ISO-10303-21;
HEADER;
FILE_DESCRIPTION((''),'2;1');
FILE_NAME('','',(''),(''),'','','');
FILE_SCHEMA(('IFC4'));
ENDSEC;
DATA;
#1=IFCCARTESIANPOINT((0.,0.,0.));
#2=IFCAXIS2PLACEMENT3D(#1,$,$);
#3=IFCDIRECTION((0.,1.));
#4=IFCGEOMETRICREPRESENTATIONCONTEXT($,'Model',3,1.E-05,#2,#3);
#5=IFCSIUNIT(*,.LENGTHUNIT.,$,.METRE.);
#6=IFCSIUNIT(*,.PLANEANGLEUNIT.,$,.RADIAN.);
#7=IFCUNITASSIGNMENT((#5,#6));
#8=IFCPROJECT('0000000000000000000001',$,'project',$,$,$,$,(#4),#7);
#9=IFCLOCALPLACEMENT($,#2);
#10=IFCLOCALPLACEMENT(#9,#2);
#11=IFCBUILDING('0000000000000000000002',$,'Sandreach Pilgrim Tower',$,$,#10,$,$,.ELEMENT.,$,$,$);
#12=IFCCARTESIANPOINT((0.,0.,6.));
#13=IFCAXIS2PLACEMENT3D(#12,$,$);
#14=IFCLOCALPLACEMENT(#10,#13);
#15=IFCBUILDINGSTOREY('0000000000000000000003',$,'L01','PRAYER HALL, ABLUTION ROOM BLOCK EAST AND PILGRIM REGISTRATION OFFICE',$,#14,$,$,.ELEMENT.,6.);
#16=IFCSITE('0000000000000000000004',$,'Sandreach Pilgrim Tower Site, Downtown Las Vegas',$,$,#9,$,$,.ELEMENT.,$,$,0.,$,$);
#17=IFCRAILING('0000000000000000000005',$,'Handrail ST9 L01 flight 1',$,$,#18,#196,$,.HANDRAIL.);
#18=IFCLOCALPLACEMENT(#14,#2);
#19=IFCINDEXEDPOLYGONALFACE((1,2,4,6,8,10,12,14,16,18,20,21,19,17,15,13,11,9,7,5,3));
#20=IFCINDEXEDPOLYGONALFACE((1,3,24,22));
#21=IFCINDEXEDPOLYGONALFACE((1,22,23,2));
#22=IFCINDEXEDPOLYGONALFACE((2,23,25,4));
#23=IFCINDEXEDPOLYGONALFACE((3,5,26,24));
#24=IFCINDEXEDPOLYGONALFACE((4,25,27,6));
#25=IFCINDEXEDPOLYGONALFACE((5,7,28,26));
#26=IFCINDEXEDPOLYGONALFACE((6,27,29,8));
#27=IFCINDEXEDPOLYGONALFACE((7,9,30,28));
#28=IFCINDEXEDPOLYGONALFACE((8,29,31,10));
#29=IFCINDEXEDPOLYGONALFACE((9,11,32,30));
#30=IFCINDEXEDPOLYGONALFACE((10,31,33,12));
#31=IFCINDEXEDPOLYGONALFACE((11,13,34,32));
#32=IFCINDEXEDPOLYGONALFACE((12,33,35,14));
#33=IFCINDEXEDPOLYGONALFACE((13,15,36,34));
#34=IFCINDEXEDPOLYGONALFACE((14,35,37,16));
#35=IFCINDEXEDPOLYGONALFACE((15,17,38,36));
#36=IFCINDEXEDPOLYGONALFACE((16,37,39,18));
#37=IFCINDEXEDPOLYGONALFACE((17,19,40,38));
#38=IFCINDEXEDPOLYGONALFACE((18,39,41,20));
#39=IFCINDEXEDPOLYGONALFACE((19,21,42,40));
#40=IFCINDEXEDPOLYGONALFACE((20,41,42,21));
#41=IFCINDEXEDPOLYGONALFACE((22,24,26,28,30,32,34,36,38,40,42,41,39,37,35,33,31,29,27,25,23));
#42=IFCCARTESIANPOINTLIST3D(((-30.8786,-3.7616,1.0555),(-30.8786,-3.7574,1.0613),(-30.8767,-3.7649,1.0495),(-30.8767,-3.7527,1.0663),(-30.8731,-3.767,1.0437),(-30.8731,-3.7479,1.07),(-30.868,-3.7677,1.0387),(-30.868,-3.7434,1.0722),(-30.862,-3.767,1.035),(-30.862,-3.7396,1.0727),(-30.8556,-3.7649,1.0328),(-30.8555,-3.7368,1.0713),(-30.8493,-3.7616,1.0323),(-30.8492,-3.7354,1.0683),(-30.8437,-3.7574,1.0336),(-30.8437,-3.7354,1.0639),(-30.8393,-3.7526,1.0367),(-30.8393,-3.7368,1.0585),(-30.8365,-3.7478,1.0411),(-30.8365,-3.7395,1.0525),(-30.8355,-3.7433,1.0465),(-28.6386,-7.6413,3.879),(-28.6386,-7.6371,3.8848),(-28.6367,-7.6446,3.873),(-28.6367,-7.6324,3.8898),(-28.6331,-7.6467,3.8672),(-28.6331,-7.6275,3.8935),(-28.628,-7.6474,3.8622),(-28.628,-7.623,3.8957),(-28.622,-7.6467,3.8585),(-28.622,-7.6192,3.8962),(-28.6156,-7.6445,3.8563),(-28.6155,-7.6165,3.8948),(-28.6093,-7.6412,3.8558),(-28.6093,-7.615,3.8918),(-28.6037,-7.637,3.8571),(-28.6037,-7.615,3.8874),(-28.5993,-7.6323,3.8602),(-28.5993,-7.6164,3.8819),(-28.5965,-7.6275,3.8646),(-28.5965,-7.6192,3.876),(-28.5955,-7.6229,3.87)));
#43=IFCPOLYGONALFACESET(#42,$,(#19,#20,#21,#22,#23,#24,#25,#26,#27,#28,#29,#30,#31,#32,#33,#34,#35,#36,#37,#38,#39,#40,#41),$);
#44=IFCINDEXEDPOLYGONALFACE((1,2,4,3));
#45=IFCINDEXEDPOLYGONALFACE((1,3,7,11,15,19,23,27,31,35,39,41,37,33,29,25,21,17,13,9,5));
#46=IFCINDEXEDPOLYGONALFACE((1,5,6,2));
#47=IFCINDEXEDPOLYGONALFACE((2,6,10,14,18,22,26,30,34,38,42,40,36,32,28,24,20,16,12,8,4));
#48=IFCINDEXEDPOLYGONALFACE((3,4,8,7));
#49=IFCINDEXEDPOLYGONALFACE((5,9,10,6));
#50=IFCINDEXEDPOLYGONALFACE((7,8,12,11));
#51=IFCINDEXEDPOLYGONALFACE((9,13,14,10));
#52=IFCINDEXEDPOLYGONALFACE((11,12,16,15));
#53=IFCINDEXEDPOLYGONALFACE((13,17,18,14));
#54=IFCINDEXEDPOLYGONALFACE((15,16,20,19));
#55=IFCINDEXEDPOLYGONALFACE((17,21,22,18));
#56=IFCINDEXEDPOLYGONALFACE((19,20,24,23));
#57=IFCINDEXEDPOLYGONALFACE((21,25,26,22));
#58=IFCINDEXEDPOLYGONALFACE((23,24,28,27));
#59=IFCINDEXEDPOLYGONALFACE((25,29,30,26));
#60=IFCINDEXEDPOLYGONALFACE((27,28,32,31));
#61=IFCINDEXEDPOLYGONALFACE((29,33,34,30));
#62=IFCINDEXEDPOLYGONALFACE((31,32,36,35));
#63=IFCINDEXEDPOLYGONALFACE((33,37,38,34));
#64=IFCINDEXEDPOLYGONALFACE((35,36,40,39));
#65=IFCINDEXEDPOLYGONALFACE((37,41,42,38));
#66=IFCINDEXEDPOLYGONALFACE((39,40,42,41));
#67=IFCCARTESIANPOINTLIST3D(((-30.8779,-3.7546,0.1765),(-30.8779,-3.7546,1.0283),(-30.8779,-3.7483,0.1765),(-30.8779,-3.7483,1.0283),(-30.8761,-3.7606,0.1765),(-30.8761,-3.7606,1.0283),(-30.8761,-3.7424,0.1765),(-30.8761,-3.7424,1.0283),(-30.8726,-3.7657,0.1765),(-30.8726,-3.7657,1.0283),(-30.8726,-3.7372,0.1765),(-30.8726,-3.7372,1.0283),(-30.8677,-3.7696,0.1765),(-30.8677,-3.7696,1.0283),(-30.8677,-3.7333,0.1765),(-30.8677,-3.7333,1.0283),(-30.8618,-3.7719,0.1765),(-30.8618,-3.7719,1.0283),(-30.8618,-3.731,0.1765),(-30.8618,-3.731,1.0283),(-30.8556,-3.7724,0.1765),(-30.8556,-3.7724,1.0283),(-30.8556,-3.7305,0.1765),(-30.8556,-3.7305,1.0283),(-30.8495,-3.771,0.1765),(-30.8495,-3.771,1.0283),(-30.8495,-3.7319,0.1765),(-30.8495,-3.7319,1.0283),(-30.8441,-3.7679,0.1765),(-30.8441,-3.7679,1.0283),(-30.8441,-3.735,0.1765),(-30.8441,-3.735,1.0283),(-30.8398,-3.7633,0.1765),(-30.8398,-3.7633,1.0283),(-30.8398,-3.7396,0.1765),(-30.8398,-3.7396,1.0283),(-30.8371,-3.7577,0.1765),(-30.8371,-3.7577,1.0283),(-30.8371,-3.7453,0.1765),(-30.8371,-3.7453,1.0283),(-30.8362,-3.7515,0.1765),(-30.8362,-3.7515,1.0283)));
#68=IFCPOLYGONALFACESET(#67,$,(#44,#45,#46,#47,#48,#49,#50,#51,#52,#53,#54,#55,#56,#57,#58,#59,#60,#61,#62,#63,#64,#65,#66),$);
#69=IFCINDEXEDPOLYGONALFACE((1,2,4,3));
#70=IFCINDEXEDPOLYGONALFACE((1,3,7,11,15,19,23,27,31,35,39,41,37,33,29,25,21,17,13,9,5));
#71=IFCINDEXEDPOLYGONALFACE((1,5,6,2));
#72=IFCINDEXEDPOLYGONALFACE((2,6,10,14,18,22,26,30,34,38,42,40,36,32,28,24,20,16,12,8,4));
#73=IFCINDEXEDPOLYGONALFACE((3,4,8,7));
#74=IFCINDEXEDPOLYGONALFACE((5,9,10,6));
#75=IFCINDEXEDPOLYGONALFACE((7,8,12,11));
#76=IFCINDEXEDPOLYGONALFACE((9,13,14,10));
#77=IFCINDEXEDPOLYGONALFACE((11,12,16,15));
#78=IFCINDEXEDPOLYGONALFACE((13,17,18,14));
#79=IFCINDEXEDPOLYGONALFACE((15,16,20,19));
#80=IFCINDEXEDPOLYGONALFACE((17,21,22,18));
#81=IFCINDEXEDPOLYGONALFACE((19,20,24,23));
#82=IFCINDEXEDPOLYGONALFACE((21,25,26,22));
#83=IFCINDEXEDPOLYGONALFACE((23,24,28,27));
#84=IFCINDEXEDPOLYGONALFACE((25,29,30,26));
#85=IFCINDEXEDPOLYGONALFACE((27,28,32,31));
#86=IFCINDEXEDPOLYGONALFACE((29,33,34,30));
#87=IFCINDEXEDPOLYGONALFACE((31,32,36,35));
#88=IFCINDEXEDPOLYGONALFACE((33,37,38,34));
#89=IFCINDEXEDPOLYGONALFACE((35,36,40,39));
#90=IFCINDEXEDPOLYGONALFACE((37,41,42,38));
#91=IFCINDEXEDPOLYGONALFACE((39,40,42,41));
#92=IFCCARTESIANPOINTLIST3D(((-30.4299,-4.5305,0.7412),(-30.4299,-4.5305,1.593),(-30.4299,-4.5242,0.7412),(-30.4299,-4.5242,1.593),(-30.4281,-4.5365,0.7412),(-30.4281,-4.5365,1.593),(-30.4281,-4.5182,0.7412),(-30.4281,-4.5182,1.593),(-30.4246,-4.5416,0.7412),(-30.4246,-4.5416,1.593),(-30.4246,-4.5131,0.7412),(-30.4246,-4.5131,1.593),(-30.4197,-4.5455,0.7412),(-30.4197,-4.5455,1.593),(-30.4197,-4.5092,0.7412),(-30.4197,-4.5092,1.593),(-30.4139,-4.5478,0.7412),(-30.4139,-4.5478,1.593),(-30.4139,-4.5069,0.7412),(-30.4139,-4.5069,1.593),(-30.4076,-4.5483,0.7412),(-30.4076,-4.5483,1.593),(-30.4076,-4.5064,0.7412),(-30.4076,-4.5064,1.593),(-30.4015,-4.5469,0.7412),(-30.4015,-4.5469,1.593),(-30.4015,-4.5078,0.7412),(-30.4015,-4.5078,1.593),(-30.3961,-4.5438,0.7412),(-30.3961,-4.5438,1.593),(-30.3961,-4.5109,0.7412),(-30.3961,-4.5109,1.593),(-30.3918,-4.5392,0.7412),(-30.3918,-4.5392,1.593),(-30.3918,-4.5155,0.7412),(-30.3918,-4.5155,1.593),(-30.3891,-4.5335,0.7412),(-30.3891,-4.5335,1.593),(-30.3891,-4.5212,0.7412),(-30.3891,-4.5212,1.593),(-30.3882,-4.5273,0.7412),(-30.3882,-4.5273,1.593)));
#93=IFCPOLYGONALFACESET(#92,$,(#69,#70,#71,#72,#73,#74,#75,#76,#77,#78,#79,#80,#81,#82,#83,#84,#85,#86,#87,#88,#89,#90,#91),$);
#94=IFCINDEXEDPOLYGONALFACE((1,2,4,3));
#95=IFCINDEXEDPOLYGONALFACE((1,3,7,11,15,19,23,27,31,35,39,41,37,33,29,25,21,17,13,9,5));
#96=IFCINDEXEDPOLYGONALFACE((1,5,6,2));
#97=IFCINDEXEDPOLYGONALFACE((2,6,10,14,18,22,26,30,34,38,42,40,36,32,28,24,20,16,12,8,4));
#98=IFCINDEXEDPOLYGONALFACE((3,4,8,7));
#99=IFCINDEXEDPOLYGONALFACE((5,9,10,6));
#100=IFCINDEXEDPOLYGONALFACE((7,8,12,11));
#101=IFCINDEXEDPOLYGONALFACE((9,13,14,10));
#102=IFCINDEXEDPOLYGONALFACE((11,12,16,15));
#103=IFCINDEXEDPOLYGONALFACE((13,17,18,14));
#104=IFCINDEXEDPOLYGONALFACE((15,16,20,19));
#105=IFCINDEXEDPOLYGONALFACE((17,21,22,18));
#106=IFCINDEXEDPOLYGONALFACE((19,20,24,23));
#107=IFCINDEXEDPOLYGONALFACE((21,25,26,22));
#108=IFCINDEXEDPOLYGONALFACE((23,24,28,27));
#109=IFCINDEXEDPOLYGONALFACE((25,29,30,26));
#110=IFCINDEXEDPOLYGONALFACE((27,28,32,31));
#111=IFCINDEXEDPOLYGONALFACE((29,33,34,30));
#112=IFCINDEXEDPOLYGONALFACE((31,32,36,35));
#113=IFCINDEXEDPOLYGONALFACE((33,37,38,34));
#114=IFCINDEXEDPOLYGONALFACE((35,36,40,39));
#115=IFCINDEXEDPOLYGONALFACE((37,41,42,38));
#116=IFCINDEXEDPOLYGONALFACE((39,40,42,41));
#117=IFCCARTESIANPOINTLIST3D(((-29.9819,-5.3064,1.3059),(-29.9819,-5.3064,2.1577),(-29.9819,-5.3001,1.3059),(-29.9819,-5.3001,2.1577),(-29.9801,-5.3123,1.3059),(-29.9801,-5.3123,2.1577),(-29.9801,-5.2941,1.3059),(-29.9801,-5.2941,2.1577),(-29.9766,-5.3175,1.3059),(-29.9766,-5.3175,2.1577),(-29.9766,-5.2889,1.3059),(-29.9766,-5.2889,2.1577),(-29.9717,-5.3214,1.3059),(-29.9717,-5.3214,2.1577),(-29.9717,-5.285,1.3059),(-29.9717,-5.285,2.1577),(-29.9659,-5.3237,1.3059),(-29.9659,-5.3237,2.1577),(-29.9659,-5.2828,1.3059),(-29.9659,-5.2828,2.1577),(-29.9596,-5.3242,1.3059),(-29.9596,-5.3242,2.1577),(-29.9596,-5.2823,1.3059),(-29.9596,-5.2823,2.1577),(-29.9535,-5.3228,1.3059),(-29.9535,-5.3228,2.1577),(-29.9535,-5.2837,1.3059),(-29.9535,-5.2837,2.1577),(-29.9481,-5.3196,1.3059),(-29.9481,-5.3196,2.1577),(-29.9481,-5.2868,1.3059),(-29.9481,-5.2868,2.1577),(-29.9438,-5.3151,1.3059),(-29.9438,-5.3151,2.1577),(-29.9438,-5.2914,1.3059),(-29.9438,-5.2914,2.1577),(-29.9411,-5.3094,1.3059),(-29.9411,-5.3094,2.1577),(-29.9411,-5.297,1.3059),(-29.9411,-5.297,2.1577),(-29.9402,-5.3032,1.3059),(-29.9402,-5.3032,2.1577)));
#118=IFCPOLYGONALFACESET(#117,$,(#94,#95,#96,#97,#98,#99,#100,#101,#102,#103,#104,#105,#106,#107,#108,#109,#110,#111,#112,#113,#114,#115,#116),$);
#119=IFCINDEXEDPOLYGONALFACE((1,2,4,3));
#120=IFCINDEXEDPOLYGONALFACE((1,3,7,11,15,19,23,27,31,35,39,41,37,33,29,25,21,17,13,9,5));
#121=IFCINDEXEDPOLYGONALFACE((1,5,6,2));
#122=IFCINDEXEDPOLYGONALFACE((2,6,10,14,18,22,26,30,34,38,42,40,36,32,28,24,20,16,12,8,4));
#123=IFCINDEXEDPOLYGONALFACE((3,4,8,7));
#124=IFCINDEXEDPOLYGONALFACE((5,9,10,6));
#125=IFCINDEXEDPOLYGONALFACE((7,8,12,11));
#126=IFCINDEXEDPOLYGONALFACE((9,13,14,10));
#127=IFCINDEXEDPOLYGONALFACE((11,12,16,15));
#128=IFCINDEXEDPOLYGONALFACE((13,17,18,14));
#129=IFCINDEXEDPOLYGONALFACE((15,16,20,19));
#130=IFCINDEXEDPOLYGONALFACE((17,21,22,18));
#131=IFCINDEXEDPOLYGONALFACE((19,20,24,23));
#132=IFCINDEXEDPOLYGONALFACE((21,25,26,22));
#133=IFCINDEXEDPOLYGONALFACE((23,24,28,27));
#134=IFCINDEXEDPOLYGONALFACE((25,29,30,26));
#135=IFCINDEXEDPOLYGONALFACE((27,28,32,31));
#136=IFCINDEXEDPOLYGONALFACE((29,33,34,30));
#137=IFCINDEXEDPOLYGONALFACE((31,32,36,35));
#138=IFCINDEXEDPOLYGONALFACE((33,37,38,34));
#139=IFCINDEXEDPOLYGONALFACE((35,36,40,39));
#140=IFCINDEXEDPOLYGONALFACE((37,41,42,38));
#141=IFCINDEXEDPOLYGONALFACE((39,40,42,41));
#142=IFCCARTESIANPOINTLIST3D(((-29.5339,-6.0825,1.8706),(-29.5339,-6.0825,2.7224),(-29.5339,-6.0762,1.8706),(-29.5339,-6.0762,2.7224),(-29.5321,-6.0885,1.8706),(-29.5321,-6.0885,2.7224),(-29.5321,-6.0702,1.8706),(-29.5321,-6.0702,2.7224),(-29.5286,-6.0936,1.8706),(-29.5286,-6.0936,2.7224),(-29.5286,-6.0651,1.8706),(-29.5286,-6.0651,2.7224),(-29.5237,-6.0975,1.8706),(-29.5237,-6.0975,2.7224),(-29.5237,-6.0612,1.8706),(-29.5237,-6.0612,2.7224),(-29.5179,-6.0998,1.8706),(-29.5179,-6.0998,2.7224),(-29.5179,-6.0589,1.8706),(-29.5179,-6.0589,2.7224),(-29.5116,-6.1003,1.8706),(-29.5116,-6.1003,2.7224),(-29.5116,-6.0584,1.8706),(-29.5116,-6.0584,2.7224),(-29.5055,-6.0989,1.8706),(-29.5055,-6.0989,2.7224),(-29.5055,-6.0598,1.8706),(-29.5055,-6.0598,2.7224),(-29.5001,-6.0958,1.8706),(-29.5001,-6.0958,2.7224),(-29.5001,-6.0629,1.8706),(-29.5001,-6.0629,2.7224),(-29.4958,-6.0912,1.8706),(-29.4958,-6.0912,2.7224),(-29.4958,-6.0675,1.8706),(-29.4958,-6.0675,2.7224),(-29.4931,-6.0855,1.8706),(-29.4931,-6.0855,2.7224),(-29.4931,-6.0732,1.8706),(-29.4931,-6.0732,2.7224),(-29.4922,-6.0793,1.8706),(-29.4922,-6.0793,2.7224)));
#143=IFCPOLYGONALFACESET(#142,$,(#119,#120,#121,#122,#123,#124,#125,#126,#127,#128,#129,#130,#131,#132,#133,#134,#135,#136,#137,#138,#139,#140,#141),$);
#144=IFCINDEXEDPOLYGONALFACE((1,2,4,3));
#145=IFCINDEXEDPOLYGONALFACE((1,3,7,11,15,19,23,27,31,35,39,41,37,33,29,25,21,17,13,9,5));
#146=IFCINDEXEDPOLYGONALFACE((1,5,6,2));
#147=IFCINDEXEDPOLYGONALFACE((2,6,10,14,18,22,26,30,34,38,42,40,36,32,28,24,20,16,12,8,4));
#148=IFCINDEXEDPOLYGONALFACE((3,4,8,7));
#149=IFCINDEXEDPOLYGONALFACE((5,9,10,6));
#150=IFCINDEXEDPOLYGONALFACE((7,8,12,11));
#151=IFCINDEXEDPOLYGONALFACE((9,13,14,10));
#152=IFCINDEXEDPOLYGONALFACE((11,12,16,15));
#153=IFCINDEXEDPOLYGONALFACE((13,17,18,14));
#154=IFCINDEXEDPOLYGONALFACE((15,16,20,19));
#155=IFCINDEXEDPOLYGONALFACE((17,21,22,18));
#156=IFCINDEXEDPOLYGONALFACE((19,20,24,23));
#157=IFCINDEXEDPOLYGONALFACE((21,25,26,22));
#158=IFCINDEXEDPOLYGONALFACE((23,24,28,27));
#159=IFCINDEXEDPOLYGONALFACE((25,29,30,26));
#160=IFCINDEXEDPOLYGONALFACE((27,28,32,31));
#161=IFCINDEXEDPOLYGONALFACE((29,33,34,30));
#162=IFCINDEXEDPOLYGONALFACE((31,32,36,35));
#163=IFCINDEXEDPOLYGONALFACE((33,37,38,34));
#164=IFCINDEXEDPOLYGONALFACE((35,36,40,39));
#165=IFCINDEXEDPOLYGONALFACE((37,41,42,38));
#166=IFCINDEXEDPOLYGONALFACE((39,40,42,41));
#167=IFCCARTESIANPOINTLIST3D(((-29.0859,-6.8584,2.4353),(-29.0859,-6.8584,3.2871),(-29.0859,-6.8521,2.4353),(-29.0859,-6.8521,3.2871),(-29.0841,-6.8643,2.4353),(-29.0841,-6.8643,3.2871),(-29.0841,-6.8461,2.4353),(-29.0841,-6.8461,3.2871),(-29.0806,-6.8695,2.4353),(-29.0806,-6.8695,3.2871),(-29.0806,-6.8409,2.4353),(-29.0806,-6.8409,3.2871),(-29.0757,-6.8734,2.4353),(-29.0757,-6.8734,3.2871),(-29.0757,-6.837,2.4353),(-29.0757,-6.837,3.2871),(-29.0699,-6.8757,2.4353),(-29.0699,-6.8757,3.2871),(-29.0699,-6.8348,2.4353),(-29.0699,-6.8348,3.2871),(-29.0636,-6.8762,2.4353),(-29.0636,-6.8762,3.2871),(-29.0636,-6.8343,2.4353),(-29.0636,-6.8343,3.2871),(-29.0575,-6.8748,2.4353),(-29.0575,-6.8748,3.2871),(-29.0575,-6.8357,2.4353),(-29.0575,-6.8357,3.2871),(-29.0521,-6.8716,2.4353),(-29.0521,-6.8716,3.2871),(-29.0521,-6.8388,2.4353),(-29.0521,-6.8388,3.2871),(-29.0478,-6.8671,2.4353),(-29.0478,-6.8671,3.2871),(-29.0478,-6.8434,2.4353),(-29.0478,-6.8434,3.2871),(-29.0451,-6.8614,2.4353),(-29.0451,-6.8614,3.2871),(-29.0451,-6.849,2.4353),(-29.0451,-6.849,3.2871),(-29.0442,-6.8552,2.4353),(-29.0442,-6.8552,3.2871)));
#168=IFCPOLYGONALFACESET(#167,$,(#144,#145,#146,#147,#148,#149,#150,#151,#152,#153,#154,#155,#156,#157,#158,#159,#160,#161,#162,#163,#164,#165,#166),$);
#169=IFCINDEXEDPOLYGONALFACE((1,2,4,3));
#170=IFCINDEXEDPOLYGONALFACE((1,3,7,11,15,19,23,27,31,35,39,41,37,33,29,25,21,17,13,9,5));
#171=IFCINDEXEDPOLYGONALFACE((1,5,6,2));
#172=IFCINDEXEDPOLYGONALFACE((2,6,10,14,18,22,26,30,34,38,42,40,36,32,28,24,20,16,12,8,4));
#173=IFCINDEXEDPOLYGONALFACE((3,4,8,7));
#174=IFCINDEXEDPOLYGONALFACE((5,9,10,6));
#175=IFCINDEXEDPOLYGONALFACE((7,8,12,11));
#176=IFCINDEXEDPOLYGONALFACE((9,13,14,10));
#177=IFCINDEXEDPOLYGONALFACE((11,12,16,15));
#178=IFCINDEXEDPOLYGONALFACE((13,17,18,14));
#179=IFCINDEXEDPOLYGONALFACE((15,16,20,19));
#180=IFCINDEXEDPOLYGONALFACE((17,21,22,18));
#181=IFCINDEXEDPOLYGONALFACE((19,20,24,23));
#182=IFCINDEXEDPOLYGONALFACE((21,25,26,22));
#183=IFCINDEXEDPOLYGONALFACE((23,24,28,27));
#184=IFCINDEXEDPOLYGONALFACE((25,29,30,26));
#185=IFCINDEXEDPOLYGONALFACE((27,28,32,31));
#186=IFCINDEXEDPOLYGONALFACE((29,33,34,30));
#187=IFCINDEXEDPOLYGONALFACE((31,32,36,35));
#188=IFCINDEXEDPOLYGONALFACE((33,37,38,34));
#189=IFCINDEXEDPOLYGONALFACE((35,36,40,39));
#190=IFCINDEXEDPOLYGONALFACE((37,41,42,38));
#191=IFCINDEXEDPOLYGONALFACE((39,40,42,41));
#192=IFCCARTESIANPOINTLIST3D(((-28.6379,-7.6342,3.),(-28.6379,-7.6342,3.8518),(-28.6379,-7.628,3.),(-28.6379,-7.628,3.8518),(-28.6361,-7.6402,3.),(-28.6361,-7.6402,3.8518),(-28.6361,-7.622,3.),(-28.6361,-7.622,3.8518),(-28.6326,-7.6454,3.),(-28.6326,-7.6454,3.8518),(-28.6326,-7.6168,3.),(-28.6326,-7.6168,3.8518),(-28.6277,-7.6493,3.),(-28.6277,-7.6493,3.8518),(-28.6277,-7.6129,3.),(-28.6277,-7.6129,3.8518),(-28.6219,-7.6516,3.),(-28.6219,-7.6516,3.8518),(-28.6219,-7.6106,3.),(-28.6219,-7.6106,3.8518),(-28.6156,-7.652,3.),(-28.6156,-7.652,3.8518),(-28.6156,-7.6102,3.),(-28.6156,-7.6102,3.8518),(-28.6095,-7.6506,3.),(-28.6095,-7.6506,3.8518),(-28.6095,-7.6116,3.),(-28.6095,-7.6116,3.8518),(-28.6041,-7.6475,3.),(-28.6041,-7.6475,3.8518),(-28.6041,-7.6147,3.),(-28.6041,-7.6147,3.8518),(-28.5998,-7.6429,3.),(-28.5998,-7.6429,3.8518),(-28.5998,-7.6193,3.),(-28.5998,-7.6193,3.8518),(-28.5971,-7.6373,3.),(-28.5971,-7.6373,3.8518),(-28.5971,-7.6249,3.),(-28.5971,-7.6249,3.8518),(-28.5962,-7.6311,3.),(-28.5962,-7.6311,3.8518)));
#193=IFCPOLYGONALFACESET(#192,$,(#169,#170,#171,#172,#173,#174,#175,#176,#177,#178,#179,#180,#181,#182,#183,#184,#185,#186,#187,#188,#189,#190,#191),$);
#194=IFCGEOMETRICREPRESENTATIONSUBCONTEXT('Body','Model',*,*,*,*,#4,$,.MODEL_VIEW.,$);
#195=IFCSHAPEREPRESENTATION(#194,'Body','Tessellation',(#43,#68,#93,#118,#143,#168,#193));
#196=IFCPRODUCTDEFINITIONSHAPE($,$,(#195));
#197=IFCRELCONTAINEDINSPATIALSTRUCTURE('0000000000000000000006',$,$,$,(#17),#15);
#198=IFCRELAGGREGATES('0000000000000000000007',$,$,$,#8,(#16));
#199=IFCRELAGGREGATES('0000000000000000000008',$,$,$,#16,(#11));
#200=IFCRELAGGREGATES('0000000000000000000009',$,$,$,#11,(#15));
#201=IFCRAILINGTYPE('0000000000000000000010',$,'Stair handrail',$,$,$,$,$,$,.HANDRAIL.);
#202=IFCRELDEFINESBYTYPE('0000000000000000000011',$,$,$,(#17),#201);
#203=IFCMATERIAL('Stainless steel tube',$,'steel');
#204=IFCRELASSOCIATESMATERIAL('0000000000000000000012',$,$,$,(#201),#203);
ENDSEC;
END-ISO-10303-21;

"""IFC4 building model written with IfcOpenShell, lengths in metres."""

from ifc_helpers import new_model, si_unit, direction, frame, origin, origin_2d, place, context, subcontext, project, spatial, circle, extrude, material, type_object, element, save


model = new_model("IFC4")

# Units and contexts
model_context = context("Model", 3, precision=1e-05, world=origin(), true_north=direction((0.0, 1.0)))
body_context = subcontext(model_context, "Body", "Model", "MODEL_VIEW")
ifc_project = project(units=[si_unit("LENGTHUNIT", "METRE"), si_unit("PLANEANGLEUNIT", "RADIAN")], contexts=[model_context])

# Site, building, storey
site_placement = place(None, origin())
site = spatial("IfcSite", under=ifc_project, at=site_placement, Name="Sandreach Pilgrim Tower Site, Downtown Las Vegas", CompositionType="ELEMENT", RefElevation=0.0)
building_placement = place(site_placement, origin())
building = spatial("IfcBuilding", under=site, at=building_placement, Name="Sandreach Pilgrim Tower", CompositionType="ELEMENT")
storey_placement = place(building_placement, frame((0.0, 0.0, 6.0)))
storey = spatial("IfcBuildingStorey", under=building, at=storey_placement, Name="L01", Description="PRAYER HALL, ABLUTION ROOM BLOCK EAST AND PILGRIM REGISTRATION OFFICE", CompositionType="ELEMENT", Elevation=6.0)

# Railing
ifc_material_1 = material(Name="Stainless steel tube", Category="steel")
railing_type = type_object("IfcRailingType", Name="Stair handrail", PredefinedType="HANDRAIL", material=ifc_material_1)
railing_1_placement = place(storey_placement, frame((-30.8572, -3.7515, 0.1765)))
element("IfcRailing", 1, at=railing_1_placement, inside=storey, type_object=railing_type, Name="Handrail ST9 L01 flight 1", PredefinedType="HANDRAIL", context=body_context, shape_type="SweptSolid", body=[
    extrude(circle(Radius=0.0239, at=origin_2d()), frame((0.0, 0.0, 0.876), z_axis=(0.423007, -0.732644, 0.533196), x_axis=(0.866018, 0.500013, 0.0)), (0.0, 0.0, 1.0), 5.2954),
    extrude(circle(Radius=0.021, at=origin_2d()), origin(), (0.0, 0.0, 1.0), 0.8518),
    extrude(circle(Radius=0.021, at=origin_2d()), frame((0.448, -0.7759, 0.5647)), (0.0, 0.0, 1.0), 0.8518),
    extrude(circle(Radius=0.021, at=origin_2d()), frame((0.896, -1.5518, 1.1294)), (0.0, 0.0, 1.0), 0.8518),
    extrude(circle(Radius=0.021, at=origin_2d()), frame((1.344, -2.3279, 1.6941)), (0.0, 0.0, 1.0), 0.8518),
    extrude(circle(Radius=0.021, at=origin_2d()), frame((1.792, -3.1038, 2.2588)), (0.0, 0.0, 1.0), 0.8518),
    extrude(circle(Radius=0.021, at=origin_2d()), frame((2.24, -3.8796, 2.8235)), (0.0, 0.0, 1.0), 0.8518),
])

save(model, "model.ifc")
